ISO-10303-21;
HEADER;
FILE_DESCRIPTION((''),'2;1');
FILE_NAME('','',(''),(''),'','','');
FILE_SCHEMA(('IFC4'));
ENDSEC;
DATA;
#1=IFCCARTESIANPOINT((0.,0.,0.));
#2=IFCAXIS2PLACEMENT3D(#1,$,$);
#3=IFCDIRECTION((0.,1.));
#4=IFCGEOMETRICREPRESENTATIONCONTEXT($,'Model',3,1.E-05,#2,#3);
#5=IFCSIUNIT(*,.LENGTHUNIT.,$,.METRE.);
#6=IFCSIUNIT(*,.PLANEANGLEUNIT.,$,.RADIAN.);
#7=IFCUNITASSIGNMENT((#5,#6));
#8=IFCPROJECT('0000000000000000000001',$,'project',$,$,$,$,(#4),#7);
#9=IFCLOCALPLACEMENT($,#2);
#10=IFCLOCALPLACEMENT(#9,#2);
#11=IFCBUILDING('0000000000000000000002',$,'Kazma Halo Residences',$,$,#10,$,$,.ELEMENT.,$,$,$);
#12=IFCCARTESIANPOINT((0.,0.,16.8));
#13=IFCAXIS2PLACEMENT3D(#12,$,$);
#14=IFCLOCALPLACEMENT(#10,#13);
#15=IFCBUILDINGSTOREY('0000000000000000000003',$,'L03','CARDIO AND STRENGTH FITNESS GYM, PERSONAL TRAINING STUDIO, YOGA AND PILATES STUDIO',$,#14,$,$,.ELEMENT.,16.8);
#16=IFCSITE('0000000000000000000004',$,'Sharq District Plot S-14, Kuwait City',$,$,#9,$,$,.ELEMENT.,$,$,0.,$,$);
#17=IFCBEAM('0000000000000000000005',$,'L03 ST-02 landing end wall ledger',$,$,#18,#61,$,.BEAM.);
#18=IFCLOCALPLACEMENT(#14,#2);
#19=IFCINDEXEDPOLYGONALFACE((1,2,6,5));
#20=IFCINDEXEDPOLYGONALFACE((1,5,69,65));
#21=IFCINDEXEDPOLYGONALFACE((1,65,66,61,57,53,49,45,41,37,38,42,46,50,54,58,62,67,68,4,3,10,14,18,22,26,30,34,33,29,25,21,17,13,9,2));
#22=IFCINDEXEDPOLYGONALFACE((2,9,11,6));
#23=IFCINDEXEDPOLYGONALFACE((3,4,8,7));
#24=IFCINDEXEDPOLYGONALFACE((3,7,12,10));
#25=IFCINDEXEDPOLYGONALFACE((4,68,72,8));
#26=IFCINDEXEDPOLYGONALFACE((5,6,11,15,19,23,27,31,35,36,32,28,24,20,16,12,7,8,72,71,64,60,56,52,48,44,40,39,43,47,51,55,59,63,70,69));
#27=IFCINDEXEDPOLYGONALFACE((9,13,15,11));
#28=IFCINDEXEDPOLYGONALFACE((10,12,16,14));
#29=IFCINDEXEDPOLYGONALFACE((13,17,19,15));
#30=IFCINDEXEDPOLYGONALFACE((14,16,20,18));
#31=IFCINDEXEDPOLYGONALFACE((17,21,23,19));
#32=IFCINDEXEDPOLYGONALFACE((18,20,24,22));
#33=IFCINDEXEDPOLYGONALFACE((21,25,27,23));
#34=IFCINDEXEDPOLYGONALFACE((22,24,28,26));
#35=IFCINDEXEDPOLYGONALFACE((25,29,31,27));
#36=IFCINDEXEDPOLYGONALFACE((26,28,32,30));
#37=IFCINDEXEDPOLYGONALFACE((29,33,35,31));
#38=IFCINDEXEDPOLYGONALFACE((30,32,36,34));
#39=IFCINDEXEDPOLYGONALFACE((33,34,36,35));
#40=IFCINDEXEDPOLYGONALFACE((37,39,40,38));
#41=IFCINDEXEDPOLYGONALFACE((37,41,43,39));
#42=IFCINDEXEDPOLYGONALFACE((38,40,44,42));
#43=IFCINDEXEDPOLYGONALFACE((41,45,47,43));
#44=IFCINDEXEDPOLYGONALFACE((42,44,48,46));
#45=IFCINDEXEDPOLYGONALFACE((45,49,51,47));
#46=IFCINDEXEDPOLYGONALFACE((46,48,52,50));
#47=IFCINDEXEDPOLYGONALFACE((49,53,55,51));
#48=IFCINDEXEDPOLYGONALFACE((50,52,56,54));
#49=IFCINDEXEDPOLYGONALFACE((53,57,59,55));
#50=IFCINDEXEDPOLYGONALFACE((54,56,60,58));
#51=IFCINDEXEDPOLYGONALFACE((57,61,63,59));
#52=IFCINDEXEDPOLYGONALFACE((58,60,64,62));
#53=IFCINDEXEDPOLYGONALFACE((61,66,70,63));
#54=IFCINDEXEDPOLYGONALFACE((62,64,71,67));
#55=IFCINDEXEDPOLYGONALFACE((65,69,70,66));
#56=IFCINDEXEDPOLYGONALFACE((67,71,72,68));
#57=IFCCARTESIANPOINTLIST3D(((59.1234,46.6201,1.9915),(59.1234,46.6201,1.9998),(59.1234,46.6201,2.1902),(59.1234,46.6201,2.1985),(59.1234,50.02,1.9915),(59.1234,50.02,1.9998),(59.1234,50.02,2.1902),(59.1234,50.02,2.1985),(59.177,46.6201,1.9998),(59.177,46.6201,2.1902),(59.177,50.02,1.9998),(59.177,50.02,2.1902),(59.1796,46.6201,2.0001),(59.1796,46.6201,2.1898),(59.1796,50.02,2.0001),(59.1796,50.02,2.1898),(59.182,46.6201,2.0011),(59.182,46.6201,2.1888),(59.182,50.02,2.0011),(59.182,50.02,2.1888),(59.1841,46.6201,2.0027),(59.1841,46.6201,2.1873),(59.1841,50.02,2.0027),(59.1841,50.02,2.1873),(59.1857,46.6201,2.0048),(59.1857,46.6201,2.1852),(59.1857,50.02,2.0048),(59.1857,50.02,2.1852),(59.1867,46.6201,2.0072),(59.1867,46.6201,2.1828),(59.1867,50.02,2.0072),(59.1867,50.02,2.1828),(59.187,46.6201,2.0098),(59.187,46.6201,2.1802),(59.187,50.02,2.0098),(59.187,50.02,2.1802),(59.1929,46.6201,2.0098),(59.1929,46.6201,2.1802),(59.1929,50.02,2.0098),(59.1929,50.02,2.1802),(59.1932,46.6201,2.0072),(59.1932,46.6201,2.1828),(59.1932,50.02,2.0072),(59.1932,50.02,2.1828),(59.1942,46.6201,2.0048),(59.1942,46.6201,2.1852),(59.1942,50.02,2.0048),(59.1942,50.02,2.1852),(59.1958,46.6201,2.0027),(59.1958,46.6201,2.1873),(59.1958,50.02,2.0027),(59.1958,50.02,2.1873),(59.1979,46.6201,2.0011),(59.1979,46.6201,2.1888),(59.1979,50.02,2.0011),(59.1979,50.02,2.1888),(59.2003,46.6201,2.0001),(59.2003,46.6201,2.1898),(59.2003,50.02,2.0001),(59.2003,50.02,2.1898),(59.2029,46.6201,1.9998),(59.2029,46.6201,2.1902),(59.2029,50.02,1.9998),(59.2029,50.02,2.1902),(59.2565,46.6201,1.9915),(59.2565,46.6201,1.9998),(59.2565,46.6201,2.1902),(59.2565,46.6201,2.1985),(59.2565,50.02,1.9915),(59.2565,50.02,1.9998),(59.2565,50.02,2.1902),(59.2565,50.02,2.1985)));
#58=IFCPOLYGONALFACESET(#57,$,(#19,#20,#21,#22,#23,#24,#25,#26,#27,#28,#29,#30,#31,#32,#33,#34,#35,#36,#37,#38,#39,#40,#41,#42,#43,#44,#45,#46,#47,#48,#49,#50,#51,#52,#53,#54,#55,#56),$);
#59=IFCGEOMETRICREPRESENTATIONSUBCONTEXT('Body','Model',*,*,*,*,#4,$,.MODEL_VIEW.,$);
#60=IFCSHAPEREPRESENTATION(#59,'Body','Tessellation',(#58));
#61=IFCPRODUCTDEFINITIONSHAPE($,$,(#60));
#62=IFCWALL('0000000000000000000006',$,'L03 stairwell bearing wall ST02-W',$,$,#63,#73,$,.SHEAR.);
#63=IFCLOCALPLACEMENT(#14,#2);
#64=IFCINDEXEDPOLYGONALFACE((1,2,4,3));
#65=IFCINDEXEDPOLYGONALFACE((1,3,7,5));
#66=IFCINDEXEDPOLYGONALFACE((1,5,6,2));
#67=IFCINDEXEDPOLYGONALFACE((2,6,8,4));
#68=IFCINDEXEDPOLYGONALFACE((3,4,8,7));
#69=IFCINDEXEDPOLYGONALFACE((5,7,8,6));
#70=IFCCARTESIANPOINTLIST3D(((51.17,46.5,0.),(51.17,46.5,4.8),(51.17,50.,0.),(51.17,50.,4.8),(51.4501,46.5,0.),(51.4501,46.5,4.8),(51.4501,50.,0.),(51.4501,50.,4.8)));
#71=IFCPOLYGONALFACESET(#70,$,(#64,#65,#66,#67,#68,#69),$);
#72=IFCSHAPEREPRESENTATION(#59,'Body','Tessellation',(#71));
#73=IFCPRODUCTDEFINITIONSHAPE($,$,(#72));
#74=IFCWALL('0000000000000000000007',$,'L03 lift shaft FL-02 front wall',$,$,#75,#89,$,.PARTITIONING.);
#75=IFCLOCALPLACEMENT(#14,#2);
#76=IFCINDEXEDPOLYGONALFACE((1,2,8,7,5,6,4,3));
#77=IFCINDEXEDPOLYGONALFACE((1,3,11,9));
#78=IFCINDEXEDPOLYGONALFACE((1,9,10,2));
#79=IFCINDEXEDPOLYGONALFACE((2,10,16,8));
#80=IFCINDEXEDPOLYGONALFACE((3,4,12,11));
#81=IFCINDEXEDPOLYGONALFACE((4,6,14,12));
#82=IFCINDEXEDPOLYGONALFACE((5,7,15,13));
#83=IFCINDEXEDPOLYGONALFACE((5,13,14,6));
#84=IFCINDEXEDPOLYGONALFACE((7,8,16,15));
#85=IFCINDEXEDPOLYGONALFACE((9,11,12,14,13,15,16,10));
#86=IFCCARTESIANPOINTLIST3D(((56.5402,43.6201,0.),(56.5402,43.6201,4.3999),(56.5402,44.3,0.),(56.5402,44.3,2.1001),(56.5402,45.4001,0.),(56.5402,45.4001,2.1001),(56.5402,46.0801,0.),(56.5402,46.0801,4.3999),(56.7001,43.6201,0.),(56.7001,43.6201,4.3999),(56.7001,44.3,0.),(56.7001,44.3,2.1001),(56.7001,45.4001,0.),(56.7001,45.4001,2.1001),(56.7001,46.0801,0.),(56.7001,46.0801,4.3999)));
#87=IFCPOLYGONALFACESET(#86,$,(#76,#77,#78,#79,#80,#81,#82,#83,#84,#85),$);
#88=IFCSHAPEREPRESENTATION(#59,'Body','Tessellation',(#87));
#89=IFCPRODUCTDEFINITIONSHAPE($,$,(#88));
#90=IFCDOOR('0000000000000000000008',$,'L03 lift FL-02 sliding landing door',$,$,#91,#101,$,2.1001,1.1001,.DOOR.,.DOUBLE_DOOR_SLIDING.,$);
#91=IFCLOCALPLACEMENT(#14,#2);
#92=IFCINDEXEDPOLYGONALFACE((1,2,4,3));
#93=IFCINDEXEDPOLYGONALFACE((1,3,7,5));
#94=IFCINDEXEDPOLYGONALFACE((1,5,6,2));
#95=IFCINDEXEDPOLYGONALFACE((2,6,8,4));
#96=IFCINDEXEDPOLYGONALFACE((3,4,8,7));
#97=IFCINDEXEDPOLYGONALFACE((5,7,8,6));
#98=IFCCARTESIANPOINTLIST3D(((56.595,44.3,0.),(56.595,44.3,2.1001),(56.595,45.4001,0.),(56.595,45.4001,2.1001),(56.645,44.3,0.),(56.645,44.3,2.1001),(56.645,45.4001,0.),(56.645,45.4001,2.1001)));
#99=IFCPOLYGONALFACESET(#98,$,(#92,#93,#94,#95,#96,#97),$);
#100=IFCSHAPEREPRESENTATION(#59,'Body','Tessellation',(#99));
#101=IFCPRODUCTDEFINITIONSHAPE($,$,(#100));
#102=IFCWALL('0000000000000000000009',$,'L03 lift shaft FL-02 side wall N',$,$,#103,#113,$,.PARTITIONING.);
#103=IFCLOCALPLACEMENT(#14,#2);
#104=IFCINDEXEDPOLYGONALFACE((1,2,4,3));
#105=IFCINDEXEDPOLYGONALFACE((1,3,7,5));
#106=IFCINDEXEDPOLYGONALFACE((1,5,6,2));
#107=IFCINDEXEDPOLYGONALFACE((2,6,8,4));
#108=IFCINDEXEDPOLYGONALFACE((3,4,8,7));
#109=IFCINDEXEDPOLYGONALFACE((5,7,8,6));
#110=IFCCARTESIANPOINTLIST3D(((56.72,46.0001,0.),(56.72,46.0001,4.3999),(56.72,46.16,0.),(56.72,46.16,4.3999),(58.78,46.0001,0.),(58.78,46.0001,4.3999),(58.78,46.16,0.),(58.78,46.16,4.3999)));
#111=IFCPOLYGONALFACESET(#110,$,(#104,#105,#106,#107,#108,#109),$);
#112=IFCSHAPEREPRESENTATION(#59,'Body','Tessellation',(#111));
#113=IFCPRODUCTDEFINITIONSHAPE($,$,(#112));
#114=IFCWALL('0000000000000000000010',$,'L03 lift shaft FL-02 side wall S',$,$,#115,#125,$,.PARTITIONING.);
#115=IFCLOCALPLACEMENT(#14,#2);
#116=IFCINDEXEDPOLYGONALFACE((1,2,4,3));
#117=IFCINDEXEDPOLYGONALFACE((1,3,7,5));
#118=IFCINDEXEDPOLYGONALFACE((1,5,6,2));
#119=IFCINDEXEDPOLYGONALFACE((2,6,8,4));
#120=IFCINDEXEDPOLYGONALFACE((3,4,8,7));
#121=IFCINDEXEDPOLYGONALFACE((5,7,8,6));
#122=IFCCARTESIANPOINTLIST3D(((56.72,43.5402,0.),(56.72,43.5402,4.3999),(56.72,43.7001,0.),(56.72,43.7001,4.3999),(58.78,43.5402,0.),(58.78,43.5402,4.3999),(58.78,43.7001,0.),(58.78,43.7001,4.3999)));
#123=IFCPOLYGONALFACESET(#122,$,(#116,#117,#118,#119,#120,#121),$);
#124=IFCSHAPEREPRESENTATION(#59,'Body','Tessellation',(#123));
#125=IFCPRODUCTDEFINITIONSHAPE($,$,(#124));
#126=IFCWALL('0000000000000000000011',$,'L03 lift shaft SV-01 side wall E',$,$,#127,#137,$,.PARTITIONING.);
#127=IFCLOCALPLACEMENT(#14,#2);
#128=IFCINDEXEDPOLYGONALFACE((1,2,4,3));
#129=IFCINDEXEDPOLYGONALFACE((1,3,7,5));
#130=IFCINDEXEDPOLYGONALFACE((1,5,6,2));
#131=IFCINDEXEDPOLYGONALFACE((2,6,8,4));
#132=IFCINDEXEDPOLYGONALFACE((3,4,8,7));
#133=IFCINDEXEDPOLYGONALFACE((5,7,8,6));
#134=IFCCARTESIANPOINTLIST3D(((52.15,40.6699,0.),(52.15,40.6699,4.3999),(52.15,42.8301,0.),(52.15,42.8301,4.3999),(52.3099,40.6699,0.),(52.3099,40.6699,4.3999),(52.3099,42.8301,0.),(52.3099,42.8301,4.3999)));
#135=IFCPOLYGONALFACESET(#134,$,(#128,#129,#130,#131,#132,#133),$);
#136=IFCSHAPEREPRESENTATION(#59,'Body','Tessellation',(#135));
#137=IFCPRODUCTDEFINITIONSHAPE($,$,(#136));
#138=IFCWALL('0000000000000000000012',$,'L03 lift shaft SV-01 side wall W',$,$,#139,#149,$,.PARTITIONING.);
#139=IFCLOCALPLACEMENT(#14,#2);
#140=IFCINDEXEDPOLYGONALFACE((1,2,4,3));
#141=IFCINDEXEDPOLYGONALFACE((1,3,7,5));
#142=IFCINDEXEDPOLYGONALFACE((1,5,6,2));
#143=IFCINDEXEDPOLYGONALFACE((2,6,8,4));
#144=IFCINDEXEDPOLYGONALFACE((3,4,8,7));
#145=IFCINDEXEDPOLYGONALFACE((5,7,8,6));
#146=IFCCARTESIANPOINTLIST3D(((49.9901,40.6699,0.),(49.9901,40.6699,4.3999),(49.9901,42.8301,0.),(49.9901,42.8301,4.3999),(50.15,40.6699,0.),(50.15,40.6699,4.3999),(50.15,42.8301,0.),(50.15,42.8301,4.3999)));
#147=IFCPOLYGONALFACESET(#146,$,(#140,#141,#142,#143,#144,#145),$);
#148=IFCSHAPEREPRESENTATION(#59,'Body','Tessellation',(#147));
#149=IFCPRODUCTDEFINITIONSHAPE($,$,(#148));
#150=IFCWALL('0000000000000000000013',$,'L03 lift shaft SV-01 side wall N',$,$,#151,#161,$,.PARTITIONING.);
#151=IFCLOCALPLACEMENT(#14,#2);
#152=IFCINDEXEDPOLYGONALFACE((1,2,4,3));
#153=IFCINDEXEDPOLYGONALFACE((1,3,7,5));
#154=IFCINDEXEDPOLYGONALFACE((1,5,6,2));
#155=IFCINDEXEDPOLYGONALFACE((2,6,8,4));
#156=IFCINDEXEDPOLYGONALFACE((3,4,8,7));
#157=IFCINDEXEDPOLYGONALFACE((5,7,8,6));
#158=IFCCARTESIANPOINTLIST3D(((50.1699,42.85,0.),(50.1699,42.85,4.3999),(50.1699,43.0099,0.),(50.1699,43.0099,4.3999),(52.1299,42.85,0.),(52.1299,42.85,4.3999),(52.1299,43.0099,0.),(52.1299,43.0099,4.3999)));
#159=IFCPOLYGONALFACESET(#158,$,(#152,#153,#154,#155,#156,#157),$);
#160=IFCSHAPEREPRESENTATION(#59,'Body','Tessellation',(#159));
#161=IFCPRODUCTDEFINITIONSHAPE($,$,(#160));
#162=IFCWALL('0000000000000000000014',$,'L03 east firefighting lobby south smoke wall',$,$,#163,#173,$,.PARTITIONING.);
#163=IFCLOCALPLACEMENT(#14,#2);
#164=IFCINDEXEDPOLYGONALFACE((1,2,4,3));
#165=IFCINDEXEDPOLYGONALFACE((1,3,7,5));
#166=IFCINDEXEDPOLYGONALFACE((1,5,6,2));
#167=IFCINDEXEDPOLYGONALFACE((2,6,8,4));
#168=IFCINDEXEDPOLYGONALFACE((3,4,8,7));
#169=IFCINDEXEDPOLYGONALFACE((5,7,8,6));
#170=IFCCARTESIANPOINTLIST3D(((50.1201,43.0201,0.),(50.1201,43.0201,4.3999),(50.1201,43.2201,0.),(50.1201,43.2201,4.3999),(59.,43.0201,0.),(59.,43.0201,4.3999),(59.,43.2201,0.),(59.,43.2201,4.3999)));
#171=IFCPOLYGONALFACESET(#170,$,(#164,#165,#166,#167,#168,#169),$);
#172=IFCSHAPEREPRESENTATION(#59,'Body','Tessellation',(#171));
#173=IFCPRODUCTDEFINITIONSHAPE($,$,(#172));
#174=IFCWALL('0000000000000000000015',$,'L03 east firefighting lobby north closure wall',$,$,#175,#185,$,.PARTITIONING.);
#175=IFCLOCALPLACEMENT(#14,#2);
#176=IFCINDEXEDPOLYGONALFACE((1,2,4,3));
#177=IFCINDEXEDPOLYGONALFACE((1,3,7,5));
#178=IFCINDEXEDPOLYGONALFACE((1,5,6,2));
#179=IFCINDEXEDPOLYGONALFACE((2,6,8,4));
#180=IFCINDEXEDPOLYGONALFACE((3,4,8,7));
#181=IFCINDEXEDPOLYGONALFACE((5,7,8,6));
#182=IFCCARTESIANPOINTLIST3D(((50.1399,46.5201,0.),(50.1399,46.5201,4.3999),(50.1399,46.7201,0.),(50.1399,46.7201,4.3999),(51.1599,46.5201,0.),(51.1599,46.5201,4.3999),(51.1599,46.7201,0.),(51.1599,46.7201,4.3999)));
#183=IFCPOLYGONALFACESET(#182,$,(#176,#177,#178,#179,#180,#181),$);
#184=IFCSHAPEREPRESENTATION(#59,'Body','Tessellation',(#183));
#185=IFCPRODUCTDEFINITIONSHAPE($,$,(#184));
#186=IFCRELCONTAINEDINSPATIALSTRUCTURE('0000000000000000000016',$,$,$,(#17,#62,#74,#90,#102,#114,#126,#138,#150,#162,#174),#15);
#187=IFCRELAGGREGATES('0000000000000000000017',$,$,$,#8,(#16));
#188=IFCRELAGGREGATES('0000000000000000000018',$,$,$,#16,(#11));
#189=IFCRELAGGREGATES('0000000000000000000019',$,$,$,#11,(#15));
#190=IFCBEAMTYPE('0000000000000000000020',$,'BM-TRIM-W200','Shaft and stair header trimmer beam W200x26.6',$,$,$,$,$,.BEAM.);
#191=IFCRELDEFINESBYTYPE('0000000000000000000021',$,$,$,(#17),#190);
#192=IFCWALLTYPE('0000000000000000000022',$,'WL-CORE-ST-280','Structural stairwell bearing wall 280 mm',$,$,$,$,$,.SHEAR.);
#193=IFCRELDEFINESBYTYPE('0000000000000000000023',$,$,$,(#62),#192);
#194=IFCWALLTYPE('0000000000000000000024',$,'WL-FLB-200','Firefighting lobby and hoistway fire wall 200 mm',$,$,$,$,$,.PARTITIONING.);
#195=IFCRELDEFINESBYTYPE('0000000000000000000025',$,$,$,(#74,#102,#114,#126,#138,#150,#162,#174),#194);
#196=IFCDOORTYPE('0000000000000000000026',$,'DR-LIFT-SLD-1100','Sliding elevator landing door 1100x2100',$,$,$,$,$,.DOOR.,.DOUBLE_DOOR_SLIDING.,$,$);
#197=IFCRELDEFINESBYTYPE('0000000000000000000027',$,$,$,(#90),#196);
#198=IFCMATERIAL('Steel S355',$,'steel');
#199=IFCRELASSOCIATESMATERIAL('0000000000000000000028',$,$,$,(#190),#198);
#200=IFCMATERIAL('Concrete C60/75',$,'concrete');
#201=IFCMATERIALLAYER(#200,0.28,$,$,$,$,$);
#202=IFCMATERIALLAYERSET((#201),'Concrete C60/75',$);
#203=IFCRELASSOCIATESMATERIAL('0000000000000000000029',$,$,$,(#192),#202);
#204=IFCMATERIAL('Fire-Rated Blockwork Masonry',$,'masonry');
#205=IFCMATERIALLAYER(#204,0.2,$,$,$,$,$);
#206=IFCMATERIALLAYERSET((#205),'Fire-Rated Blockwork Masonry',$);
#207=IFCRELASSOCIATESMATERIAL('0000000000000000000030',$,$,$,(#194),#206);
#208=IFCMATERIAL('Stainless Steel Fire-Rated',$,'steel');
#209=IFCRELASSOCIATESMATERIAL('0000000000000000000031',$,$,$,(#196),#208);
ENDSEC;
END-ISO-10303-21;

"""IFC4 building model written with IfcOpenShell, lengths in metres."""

from ifc_helpers import new_model, si_unit, direction, frame, frame_2d, origin, origin_2d, place, context, subcontext, project, spatial, rectangle, i_section, extrude, material, layer, layer_set, material_profile, profile_set, type_object, element, fill, save


model = new_model("IFC4")

# Units and contexts
model_context = context("Model", 3, precision=1e-05, world=origin(), true_north=direction((0.0, 1.0)))
body_context = subcontext(model_context, "Body", "Model", "MODEL_VIEW")
ifc_project = project(units=[si_unit("LENGTHUNIT", "METRE"), si_unit("PLANEANGLEUNIT", "RADIAN")], contexts=[model_context])

# Site, building, storey
site_placement = place(None, origin())
site = spatial("IfcSite", under=ifc_project, at=site_placement, Name="Sharq District Plot S-14, Kuwait City", CompositionType="ELEMENT", RefElevation=0.0)
building_placement = place(site_placement, origin())
building = spatial("IfcBuilding", under=site, at=building_placement, Name="Kazma Halo Residences", CompositionType="ELEMENT")
storey_placement = place(building_placement, frame((0.0, 0.0, 16.8)))
storey = spatial("IfcBuildingStorey", under=building, at=storey_placement, Name="L03", Description="CARDIO AND STRENGTH FITNESS GYM, PERSONAL TRAINING STUDIO, YOGA AND PILATES STUDIO", CompositionType="ELEMENT", Elevation=16.8)

# Shared definitions
ifc_material_1 = material(Name="Steel S355", Category="steel")

# Beam
ifc_material_profile_1 = material_profile(ifc_material_1, i_section(OverallWidth=0.1331, OverallDepth=0.207, WebThickness=0.0059, FlangeThickness=0.0083, FilletRadius=0.01, at=origin_2d()), Name="W200x26.6")
ifc_profile_set_1 = profile_set([ifc_material_profile_1], Name="Steel S355")
beam_type = type_object("IfcBeamType", Name="BM-TRIM-W200", Description="Shaft and stair header trimmer beam W200x26.6", PredefinedType="BEAM", material=ifc_profile_set_1)
beam_1_placement = place(storey_placement, frame((59.1899, 46.6201, 2.095), z_axis=(0.0, 1.0, 0.0), x_axis=(-1.0, 0.0, 0.0)))
element("IfcBeam", 1, at=beam_1_placement, inside=storey, type_object=beam_type, Name="L03 ST-02 landing end wall ledger", PredefinedType="BEAM", context=body_context, shape_type="SweptSolid", body=[
    extrude(i_section(OverallWidth=0.1331, OverallDepth=0.207, WebThickness=0.0059, FlangeThickness=0.0083, FilletRadius=0.01, at=origin_2d()), origin(), (0.0, 0.0, 1.0), 3.3999),
])

# Wall
ifc_material_2 = material(Name="Concrete C60/75", Category="concrete")
ifc_layer_1 = layer(ifc_material_2, 0.28)
ifc_layer_set_1 = layer_set([ifc_layer_1], Name="Concrete C60/75")
wall_type_1 = type_object("IfcWallType", Name="WL-CORE-ST-280", Description="Structural stairwell bearing wall 280 mm", PredefinedType="SHEAR", material=ifc_layer_set_1)
wall_1_placement = place(storey_placement, frame((51.3101, 46.5, 0.0), z_axis=(0.0, 0.0, 1.0), x_axis=(0.0, 1.0, 0.0)))
element("IfcWall", 2, at=wall_1_placement, inside=storey, type_object=wall_type_1, Name="L03 stairwell bearing wall ST02-W", PredefinedType="SHEAR", context=body_context, shape_type="SweptSolid", body=[
    extrude(rectangle(XDim=3.5, YDim=0.28, at=frame_2d((1.75, 0.0))), origin(), (0.0, 0.0, 1.0), 4.8),
])

# Wall, opening, door
ifc_material_3 = material(Name="Fire-Rated Blockwork Masonry", Category="masonry")
ifc_layer_2 = layer(ifc_material_3, 0.2)
ifc_layer_set_2 = layer_set([ifc_layer_2], Name="Fire-Rated Blockwork Masonry")
wall_type_2 = type_object("IfcWallType", Name="WL-FLB-200", Description="Firefighting lobby and hoistway fire wall 200 mm", PredefinedType="PARTITIONING", material=ifc_layer_set_2)
wall_2_placement = place(storey_placement, frame((56.6201, 46.0801, 0.0), z_axis=(0.0, 0.0, 1.0), x_axis=(0.0, -1.0, 0.0)))
wall_2 = element("IfcWall", 3, at=wall_2_placement, inside=storey, type_object=wall_type_2, Name="L03 lift shaft FL-02 front wall", PredefinedType="PARTITIONING", context=body_context, shape_type="SweptSolid", body=[
    extrude(rectangle(XDim=2.46, YDim=0.1599, at=frame_2d((1.23, 0.0))), origin(), (0.0, 0.0, 1.0), 4.3999),
])
opening_1_placement = place(wall_2_placement, frame((0.6799, 0.0, 0.0)))
opening_1 = element("IfcOpeningElement", 4, at=opening_1_placement, cuts=wall_2, PredefinedType="OPENING", context=body_context, shape_type="SweptSolid", body=[
    extrude(rectangle(XDim=1.1001, YDim=2.1001, at=frame_2d((0.55, 1.05))), frame((0.0, 0.0898, 0.0), z_axis=(0.0, -1.0, 0.0), x_axis=(1.0, 0.0, 0.0)), (0.0, 0.0, 1.0), 0.1799),
])
ifc_material_4 = material(Name="Stainless Steel Fire-Rated", Category="steel")
door_type_1 = type_object("IfcDoorType", Name="DR-LIFT-SLD-1100", Description="Sliding elevator landing door 1100x2100", OperationType="DOUBLE_DOOR_SLIDING", PredefinedType="DOOR", material=ifc_material_4)
door_1_placement = place(opening_1_placement, origin())
door_1 = element("IfcDoor", 5, at=door_1_placement, inside=storey, type_object=door_type_1, Name="L03 lift FL-02 sliding landing door", OperationType="DOUBLE_DOOR_SLIDING", OverallHeight=2.1001, OverallWidth=1.1001, PredefinedType="DOOR", context=body_context, shape_type="SweptSolid", body=[
    extrude(rectangle(XDim=1.1001, YDim=2.1001, at=frame_2d((0.55, 1.05))), frame((0.0, 0.0249, 0.0), z_axis=(0.0, -1.0, 0.0), x_axis=(1.0, 0.0, 0.0)), (0.0, 0.0, 1.0), 0.05),
])
fill(opening_1, door_1)

# Walls
for number, where, z_axis, x_axis, name in (
    (6, (56.72, 46.0801, 0.0), (0.0, 0.0, 1.0), (1.0, 0.0, 0.0), "L03 lift shaft FL-02 side wall N"),
    (7, (56.72, 43.6201, 0.0), (0.0, 0.0, 1.0), (1.0, 0.0, 0.0), "L03 lift shaft FL-02 side wall S"),
):
    element("IfcWall", number, at=place(storey_placement, frame(where, z_axis=z_axis, x_axis=x_axis)), inside=storey, type_object=wall_type_2, Name=name, PredefinedType="PARTITIONING", context=body_context, shape_type="SweptSolid", body=[
        extrude(rectangle(XDim=2.0601, YDim=0.1599, at=frame_2d((1.03, 0.0))), origin(), (0.0, 0.0, 1.0), 4.3999),
    ])
for number, where, z_axis, x_axis, name in (
    (8, (52.23, 40.6699, 0.0), (0.0, 0.0, 1.0), (0.0, 1.0, 0.0), "L03 lift shaft SV-01 side wall E"),
    (9, (50.0701, 40.6699, 0.0), (0.0, 0.0, 1.0), (0.0, 1.0, 0.0), "L03 lift shaft SV-01 side wall W"),
):
    element("IfcWall", number, at=place(storey_placement, frame(where, z_axis=z_axis, x_axis=x_axis)), inside=storey, type_object=wall_type_2, Name=name, PredefinedType="PARTITIONING", context=body_context, shape_type="SweptSolid", body=[
        extrude(rectangle(XDim=2.1602, YDim=0.1599, at=frame_2d((1.0801, 0.0))), origin(), (0.0, 0.0, 1.0), 4.3999),
    ])
wall_3_placement = place(storey_placement, frame((50.1699, 42.9299, 0.0), z_axis=(0.0, 0.0, 1.0), x_axis=(1.0, 0.0, 0.0)))
element("IfcWall", 10, at=wall_3_placement, inside=storey, type_object=wall_type_2, Name="L03 lift shaft SV-01 side wall N", PredefinedType="PARTITIONING", context=body_context, shape_type="SweptSolid", body=[
    extrude(rectangle(XDim=1.96, YDim=0.1599, at=frame_2d((0.98, 0.0))), origin(), (0.0, 0.0, 1.0), 4.3999),
])
wall_4_placement = place(storey_placement, frame((50.1201, 43.1201, 0.0), z_axis=(0.0, 0.0, 1.0), x_axis=(1.0, 0.0, 0.0)))
element("IfcWall", 11, at=wall_4_placement, inside=storey, type_object=wall_type_2, Name="L03 east firefighting lobby south smoke wall", PredefinedType="PARTITIONING", context=body_context, shape_type="SweptSolid", body=[
    extrude(rectangle(XDim=8.8799, YDim=0.2, at=frame_2d((4.4399, 0.0))), origin(), (0.0, 0.0, 1.0), 4.3999),
])
wall_5_placement = place(storey_placement, frame((50.1399, 46.6201, 0.0), z_axis=(0.0, 0.0, 1.0), x_axis=(1.0, 0.0, 0.0)))
element("IfcWall", 12, at=wall_5_placement, inside=storey, type_object=wall_type_2, Name="L03 east firefighting lobby north closure wall", PredefinedType="PARTITIONING", context=body_context, shape_type="SweptSolid", body=[
    extrude(rectangle(XDim=1.02, YDim=0.2, at=frame_2d((0.51, 0.0))), origin(), (0.0, 0.0, 1.0), 4.3999),
])

save(model, "model.ifc")
